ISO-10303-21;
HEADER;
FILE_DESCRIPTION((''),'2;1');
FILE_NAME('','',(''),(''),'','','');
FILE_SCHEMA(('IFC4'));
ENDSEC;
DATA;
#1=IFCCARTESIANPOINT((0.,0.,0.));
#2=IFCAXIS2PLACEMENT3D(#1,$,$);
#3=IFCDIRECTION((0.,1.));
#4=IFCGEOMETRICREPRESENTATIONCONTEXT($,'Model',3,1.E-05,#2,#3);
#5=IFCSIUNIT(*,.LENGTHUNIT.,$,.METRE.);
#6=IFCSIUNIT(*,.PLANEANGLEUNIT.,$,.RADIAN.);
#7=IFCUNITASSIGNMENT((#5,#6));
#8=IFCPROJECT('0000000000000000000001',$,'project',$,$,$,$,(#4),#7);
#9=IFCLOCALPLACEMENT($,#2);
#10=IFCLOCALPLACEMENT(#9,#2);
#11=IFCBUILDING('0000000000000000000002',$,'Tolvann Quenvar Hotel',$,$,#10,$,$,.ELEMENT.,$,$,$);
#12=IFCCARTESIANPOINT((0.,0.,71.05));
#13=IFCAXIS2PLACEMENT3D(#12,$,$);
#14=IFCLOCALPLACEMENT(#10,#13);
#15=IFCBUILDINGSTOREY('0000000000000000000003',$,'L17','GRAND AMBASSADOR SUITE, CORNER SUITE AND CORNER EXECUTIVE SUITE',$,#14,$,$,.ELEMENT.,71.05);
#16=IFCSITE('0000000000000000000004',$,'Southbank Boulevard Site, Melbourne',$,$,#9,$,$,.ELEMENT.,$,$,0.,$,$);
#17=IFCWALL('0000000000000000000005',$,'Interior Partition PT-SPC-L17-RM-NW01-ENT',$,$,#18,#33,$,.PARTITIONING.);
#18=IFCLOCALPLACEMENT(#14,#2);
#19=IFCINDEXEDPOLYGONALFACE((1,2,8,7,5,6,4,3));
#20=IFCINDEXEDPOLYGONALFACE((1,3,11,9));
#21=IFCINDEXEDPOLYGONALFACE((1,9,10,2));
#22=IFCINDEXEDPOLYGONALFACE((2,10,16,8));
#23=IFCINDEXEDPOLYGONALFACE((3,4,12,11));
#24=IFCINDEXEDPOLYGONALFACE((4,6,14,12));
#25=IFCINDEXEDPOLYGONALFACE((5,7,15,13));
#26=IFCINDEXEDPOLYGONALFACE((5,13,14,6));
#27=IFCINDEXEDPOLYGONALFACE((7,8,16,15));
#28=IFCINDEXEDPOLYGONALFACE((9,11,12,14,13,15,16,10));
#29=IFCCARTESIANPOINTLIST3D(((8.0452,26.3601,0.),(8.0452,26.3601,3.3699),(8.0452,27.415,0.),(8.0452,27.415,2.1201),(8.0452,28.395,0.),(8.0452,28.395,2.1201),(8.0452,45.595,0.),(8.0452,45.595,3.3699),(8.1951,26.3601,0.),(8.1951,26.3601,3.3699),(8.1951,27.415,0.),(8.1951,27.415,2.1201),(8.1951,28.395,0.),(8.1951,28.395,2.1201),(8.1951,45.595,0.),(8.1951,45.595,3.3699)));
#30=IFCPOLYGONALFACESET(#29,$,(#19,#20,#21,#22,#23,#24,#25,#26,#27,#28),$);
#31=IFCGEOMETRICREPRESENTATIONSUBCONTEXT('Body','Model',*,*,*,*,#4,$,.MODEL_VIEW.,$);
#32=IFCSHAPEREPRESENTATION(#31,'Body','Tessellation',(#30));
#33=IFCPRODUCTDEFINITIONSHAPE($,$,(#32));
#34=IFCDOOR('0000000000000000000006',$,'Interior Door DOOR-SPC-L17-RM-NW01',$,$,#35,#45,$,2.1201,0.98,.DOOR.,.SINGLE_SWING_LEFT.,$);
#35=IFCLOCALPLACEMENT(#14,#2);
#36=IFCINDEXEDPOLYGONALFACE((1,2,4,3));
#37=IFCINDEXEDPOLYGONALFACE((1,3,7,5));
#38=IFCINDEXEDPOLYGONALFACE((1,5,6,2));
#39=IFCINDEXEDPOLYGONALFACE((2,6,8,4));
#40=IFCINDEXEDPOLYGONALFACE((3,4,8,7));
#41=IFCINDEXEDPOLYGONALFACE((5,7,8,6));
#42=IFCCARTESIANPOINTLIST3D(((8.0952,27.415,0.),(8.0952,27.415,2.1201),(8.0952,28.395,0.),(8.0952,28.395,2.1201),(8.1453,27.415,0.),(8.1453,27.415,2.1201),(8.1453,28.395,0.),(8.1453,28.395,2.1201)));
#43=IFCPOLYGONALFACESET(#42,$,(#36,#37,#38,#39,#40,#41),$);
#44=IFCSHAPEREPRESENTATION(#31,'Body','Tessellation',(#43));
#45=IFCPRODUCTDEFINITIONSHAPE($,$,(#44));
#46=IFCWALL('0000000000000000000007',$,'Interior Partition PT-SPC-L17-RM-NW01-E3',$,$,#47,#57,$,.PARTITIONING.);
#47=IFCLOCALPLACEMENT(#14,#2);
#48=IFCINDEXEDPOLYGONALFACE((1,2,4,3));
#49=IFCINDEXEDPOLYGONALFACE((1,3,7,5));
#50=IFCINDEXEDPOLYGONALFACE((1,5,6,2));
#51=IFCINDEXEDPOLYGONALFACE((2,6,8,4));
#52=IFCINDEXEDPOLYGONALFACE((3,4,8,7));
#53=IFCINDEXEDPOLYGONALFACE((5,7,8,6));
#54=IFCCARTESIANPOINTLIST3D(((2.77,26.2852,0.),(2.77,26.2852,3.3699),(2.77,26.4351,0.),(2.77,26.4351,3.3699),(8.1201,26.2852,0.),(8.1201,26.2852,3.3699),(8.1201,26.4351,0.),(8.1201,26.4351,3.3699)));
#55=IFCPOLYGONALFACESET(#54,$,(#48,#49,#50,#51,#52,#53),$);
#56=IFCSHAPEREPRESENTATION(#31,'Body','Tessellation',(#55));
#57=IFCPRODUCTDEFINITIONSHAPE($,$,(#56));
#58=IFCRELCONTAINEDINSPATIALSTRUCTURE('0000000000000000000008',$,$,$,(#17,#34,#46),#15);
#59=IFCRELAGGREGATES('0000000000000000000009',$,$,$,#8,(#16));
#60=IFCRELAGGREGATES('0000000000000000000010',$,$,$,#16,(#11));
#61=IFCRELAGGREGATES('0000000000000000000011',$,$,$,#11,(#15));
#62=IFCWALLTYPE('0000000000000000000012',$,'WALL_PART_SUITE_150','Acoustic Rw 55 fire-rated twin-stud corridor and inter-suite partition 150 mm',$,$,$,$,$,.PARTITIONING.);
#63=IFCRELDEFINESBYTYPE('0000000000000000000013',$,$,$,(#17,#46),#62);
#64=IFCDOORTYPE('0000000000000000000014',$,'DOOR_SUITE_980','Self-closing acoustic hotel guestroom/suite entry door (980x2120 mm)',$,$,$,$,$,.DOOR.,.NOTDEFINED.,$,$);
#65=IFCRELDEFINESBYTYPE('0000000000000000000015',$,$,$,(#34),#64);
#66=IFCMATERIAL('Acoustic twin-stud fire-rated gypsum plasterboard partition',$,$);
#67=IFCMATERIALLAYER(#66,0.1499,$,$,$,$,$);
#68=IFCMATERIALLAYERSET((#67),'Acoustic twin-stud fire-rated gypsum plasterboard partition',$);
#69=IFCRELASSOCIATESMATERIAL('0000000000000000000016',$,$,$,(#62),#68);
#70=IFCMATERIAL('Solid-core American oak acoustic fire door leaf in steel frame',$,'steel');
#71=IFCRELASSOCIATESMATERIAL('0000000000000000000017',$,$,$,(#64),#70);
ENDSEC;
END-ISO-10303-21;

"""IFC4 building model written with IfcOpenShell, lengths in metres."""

from ifc_helpers import new_model, si_unit, direction, frame, frame_2d, origin, place, context, subcontext, project, spatial, rectangle, extrude, source, transform, mapped, material, layer, layer_set, type_object, type_shapes, element, fill, save


model = new_model("IFC4")

# Units and contexts
model_context = context("Model", 3, precision=1e-05, world=origin(), true_north=direction((0.0, 1.0)))
body_context = subcontext(model_context, "Body", "Model", "MODEL_VIEW")
ifc_project = project(units=[si_unit("LENGTHUNIT", "METRE"), si_unit("PLANEANGLEUNIT", "RADIAN")], contexts=[model_context])

# Site, building, storey
site_placement = place(None, origin())
site = spatial("IfcSite", under=ifc_project, at=site_placement, Name="Southbank Boulevard Site, Melbourne", CompositionType="ELEMENT", RefElevation=0.0)
building_placement = place(site_placement, origin())
building = spatial("IfcBuilding", under=site, at=building_placement, Name="Tolvann Quenvar Hotel", CompositionType="ELEMENT")
storey_placement = place(building_placement, frame((0.0, 0.0, 71.05)))
storey = spatial("IfcBuildingStorey", under=building, at=storey_placement, Name="L17", Description="GRAND AMBASSADOR SUITE, CORNER SUITE AND CORNER EXECUTIVE SUITE", CompositionType="ELEMENT", Elevation=71.05)

# Shared definitions
ifc_material_1 = material(Name="Acoustic twin-stud fire-rated gypsum plasterboard partition")
ifc_material_2 = material(Name="Solid-core American oak acoustic fire door leaf in steel frame", Category="steel")

# Shared definitions
ifc_layer_1 = layer(ifc_material_1, 0.1499)
ifc_layer_set_1 = layer_set([ifc_layer_1], Name="Acoustic twin-stud fire-rated gypsum plasterboard partition")
wall_type_1 = type_object("IfcWallType", Name="WALL_PART_SUITE_150", Description="Acoustic Rw 55 fire-rated twin-stud corridor and inter-suite partition 150 mm", PredefinedType="PARTITIONING", material=ifc_layer_set_1)

# Wall, opening, door
wall_1_placement = place(storey_placement, frame((8.1201, 26.3601, 0.0), z_axis=(0.0, 0.0, 1.0), x_axis=(0.0, 1.0, 0.0)))
wall_1 = element("IfcWall", 1, at=wall_1_placement, inside=storey, type_object=wall_type_1, Name="Interior Partition PT-SPC-L17-RM-NW01-ENT", PredefinedType="PARTITIONING", context=body_context, shape_type="SweptSolid", body=[
    extrude(rectangle(XDim=19.2349, YDim=0.1499, at=frame_2d((9.6174, 0.0))), origin(), (0.0, 0.0, 1.0), 3.3699),
])
opening_1_placement = place(wall_1_placement, frame((1.0549, 0.0, 0.0)))
opening_1 = element("IfcOpeningElement", 2, at=opening_1_placement, cuts=wall_1, PredefinedType="OPENING", context=body_context, shape_type="SweptSolid", body=[
    extrude(rectangle(XDim=0.98, YDim=2.1201, at=frame_2d((0.49, 1.0601))), frame((0.0, 0.085, 0.0), z_axis=(0.0, -1.0, 0.0), x_axis=(1.0, 0.0, 0.0)), (0.0, 0.0, 1.0), 0.1699),
])
door_type_1 = type_object("IfcDoorType", Name="DOOR_SUITE_980", Description="Self-closing acoustic hotel guestroom/suite entry door (980x2120 mm)", OperationType="NOTDEFINED", PredefinedType="DOOR", material=ifc_material_2)
shared_shape_1 = source(origin(), body_context, "Body", "SweptSolid", [
    extrude(rectangle(XDim=0.98, YDim=2.1201, at=frame_2d((0.49, 1.0601))), frame((0.0, 0.0249, 0.0), z_axis=(0.0, -1.0, 0.0), x_axis=(1.0, 0.0, 0.0)), (0.0, 0.0, 1.0), 0.05),
])
type_shapes(door_type_1, [shared_shape_1])
door_1_placement = place(opening_1_placement, origin())
door_1 = element("IfcDoor", 3, at=door_1_placement, inside=storey, type_object=door_type_1, Name="Interior Door DOOR-SPC-L17-RM-NW01", OperationType="SINGLE_SWING_LEFT", OverallHeight=2.1201, OverallWidth=0.98, PredefinedType="DOOR", context=body_context, shape_type="MappedRepresentation", body=[
    mapped(shared_shape_1, transform((0.0, 0.0, 0.0), x_axis=(1.0, 0.0, 0.0), y_axis=(0.0, 1.0, 0.0), z_axis=(0.0, 0.0, 1.0), scale=1.0)),
])
fill(opening_1, door_1)

# Wall
wall_2_placement = place(storey_placement, frame((2.77, 26.3601, 0.0), z_axis=(0.0, 0.0, 1.0), x_axis=(1.0, 0.0, 0.0)))
element("IfcWall", 4, at=wall_2_placement, inside=storey, type_object=wall_type_1, Name="Interior Partition PT-SPC-L17-RM-NW01-E3", PredefinedType="PARTITIONING", context=body_context, shape_type="SweptSolid", body=[
    extrude(rectangle(XDim=5.3501, YDim=0.1499, at=frame_2d((2.675, 0.0))), origin(), (0.0, 0.0, 1.0), 3.3699),
])

save(model, "model.ifc")
